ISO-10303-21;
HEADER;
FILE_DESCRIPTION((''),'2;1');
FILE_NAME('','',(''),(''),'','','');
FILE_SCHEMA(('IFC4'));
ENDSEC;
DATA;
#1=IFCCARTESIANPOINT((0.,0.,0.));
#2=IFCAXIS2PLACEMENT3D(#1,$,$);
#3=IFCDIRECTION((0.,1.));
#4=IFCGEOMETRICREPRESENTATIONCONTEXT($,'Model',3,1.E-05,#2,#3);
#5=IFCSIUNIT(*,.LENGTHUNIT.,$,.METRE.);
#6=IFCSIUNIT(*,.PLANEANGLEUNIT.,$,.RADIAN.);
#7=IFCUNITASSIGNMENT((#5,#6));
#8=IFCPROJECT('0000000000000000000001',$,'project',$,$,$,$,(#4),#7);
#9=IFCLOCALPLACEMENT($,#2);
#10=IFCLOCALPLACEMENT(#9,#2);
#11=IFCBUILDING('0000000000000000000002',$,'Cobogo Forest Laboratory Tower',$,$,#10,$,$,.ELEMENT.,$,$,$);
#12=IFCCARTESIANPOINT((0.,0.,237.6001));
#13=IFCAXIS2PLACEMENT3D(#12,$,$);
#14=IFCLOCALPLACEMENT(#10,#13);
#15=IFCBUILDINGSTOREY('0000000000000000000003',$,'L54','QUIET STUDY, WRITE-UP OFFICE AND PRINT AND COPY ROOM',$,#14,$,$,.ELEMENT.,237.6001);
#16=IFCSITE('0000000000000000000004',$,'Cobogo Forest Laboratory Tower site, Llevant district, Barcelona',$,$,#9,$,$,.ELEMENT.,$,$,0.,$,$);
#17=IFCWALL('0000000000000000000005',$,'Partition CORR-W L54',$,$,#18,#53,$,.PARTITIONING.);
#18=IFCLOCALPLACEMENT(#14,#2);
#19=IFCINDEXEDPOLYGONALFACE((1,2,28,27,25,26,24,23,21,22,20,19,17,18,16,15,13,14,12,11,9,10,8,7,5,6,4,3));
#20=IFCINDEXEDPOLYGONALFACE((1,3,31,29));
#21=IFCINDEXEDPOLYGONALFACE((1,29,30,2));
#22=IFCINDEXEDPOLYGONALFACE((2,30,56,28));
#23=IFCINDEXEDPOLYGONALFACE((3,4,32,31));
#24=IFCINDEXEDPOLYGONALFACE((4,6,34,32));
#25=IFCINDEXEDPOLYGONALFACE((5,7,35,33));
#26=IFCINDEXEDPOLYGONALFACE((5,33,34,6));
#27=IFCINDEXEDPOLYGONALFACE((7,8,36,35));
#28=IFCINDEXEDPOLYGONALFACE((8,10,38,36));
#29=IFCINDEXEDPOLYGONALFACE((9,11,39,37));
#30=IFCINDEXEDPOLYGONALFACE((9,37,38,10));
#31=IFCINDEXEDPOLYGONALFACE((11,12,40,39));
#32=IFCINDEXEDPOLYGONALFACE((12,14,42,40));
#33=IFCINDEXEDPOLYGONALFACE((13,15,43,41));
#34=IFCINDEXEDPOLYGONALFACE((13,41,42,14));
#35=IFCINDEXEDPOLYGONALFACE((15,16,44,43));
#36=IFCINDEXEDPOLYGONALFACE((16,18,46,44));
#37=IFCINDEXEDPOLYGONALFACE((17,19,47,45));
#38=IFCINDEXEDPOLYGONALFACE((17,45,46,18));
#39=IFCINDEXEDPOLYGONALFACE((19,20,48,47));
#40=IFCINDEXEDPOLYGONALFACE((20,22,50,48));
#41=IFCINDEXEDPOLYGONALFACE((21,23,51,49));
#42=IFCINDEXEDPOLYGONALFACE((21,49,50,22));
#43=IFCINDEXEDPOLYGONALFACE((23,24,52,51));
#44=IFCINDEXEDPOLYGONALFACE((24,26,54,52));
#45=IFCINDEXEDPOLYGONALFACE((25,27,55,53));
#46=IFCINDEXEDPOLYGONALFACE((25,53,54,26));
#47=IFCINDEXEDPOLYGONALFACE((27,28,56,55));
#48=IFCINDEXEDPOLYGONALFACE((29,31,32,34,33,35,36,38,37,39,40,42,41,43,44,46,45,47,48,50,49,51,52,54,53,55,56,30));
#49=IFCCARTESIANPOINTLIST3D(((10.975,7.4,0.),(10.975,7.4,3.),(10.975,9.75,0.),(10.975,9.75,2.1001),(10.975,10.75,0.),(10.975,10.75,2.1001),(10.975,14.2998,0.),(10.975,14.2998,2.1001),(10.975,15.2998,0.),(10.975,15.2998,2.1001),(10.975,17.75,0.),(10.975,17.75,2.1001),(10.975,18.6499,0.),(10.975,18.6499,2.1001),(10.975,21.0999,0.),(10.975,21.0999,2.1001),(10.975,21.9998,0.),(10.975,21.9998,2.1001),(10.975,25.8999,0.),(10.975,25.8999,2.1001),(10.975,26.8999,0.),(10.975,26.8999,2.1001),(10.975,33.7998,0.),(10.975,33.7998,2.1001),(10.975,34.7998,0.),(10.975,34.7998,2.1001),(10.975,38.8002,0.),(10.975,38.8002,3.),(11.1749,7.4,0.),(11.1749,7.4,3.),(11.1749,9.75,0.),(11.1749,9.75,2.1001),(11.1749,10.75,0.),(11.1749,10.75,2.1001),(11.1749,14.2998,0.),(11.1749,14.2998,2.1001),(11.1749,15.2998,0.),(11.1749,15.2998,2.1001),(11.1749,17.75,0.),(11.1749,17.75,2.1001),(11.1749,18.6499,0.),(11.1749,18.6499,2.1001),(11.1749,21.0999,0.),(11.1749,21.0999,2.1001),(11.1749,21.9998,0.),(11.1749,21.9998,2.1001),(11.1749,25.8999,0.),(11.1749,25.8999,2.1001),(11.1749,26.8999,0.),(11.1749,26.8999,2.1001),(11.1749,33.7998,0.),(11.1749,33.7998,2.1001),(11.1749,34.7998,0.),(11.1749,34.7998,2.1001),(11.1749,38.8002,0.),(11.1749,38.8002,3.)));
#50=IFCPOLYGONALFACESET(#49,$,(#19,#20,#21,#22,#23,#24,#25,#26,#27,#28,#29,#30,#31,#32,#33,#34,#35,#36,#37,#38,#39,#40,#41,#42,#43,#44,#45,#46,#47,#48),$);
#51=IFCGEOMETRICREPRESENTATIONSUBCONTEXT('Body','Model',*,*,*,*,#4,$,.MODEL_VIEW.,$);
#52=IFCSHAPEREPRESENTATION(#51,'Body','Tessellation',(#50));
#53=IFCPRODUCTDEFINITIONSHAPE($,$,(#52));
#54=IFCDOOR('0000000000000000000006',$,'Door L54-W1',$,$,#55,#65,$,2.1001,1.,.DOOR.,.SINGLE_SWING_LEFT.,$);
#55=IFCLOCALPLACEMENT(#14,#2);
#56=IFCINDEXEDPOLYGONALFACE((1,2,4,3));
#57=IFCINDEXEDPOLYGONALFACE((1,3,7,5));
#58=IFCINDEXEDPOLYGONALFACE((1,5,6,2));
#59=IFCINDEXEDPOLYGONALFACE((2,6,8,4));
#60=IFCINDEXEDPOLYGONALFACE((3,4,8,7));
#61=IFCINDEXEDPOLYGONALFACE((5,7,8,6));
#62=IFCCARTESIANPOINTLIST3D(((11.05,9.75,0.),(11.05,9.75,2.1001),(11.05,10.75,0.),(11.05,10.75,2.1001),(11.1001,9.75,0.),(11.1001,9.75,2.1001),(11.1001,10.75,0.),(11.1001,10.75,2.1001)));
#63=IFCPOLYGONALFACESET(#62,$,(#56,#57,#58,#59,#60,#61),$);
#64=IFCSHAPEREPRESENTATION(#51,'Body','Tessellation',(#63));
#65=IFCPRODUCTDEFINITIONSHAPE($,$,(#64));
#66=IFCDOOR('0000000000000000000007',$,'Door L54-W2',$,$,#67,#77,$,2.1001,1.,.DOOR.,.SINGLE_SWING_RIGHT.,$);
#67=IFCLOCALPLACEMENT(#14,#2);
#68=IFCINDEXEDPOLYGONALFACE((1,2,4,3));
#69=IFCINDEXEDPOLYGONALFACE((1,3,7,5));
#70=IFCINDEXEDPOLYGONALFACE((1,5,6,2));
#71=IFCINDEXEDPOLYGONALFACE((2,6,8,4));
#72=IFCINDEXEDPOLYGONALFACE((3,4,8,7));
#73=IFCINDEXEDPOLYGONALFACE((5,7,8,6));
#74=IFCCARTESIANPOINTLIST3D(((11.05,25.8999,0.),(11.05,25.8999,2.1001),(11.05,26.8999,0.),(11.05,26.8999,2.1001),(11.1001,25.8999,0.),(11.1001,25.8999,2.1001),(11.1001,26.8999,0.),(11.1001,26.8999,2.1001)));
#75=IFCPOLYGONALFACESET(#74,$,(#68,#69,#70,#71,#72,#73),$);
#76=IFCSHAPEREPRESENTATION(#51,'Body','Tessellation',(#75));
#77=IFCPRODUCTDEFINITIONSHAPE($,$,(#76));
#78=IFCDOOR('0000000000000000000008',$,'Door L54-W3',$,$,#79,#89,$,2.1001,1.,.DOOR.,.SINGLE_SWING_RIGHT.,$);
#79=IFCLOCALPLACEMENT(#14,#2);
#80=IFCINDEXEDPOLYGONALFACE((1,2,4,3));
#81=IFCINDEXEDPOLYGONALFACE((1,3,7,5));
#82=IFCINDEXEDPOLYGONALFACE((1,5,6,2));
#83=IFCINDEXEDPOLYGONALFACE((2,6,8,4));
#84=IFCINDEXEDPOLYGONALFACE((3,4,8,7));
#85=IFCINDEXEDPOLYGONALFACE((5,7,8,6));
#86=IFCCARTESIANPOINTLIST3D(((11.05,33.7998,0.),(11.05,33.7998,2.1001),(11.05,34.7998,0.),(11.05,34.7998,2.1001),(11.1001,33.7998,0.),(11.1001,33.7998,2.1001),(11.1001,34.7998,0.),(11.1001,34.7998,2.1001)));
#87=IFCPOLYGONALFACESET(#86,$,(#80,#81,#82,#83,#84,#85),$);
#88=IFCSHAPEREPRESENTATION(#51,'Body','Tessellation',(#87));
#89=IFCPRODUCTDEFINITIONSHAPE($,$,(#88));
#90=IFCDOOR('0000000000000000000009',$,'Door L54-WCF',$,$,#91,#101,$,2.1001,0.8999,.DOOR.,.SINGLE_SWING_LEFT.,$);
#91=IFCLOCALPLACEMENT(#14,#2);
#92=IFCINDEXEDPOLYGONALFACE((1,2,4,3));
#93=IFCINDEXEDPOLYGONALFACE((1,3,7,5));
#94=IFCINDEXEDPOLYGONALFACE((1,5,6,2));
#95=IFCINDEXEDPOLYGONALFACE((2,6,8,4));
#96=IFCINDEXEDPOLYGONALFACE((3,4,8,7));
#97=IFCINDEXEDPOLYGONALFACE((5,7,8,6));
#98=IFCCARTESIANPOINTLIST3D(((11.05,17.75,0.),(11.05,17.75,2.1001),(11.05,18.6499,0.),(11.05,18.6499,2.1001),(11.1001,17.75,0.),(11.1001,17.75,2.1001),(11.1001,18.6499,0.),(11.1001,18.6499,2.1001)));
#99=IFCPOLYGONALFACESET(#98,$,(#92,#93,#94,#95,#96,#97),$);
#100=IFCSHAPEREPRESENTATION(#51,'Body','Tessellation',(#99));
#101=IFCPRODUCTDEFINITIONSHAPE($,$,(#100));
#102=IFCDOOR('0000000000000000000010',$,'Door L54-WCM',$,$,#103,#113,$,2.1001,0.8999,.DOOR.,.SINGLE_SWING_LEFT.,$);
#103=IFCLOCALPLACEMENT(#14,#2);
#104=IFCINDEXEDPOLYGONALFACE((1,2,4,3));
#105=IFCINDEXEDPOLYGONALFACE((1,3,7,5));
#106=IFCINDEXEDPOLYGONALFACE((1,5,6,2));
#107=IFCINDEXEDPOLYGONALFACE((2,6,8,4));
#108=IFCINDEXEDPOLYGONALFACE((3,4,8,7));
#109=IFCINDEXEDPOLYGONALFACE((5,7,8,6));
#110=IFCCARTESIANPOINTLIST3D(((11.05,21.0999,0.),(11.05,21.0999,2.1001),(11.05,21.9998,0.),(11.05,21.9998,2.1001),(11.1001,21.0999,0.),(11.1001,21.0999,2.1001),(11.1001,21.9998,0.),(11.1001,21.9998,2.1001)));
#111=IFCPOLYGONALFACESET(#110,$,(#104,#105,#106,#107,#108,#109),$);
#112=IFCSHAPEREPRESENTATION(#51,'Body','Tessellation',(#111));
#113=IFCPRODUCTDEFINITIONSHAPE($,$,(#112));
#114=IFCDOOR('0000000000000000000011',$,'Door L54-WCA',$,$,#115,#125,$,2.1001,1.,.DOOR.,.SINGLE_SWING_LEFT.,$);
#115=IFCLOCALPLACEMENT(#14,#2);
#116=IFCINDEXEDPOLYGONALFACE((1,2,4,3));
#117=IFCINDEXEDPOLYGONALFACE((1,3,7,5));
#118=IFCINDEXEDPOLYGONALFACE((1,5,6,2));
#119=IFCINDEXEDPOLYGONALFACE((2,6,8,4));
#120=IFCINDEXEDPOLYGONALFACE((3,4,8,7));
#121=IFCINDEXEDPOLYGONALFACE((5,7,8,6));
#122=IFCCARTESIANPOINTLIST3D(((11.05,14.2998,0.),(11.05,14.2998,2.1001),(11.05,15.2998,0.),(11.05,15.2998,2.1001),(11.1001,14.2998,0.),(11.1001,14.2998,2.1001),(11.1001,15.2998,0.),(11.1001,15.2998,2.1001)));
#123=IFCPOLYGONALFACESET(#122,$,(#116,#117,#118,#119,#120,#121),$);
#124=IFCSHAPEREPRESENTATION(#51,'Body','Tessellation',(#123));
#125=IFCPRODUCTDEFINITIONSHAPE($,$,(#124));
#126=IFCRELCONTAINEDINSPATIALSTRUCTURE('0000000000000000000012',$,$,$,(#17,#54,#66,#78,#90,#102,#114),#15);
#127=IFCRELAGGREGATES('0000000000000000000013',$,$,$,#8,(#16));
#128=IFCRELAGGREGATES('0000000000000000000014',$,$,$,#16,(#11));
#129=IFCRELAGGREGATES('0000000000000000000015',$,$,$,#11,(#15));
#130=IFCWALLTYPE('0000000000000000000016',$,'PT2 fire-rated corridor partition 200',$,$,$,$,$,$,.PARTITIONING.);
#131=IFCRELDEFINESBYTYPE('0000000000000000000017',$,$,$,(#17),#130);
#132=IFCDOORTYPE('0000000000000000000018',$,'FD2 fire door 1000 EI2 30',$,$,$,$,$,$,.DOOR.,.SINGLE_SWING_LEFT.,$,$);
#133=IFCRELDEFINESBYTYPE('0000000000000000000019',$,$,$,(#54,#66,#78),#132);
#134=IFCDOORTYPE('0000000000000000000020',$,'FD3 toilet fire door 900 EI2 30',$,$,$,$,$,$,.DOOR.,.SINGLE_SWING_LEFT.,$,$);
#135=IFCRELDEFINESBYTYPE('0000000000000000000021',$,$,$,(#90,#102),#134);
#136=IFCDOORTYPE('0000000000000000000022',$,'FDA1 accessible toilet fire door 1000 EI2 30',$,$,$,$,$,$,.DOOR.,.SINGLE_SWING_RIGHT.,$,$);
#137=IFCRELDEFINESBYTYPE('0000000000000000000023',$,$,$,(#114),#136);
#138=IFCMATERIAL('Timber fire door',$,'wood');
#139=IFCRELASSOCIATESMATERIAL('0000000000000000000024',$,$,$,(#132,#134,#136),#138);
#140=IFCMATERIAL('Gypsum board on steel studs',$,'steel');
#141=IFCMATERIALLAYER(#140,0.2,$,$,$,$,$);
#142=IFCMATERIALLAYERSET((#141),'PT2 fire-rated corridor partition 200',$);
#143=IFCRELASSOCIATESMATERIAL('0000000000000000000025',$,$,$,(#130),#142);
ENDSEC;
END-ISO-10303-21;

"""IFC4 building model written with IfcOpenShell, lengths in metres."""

from ifc_helpers import new_model, si_unit, direction, frame, frame_2d, origin, place, context, subcontext, project, spatial, rectangle, extrude, material, layer, layer_set, type_object, element, fill, save


model = new_model("IFC4")

# Units and contexts
model_context = context("Model", 3, precision=1e-05, world=origin(), true_north=direction((0.0, 1.0)))
body_context = subcontext(model_context, "Body", "Model", "MODEL_VIEW")
ifc_project = project(units=[si_unit("LENGTHUNIT", "METRE"), si_unit("PLANEANGLEUNIT", "RADIAN")], contexts=[model_context])

# Site, building, storey
site_placement = place(None, origin())
site = spatial("IfcSite", under=ifc_project, at=site_placement, Name="Cobogo Forest Laboratory Tower site, Llevant district, Barcelona", CompositionType="ELEMENT", RefElevation=0.0)
building_placement = place(site_placement, origin())
building = spatial("IfcBuilding", under=site, at=building_placement, Name="Cobogo Forest Laboratory Tower", CompositionType="ELEMENT")
storey_placement = place(building_placement, frame((0.0, 0.0, 237.6001)))
storey = spatial("IfcBuildingStorey", under=building, at=storey_placement, Name="L54", Description="QUIET STUDY, WRITE-UP OFFICE AND PRINT AND COPY ROOM", CompositionType="ELEMENT", Elevation=237.6001)

# Shared definitions
ifc_material_1 = material(Name="Gypsum board on steel studs", Category="steel")
ifc_material_2 = material(Name="Timber fire door", Category="wood")
door_type_1 = type_object("IfcDoorType", Name="FD2 fire door 1000 EI2 30", OperationType="SINGLE_SWING_LEFT", PredefinedType="DOOR", material=ifc_material_2)

# Wall, openings, doors
ifc_layer_1 = layer(ifc_material_1, 0.2)
ifc_layer_set_1 = layer_set([ifc_layer_1], Name="PT2 fire-rated corridor partition 200")
wall_type_1 = type_object("IfcWallType", Name="PT2 fire-rated corridor partition 200", PredefinedType="PARTITIONING", material=ifc_layer_set_1)
wall_1_placement = place(storey_placement, frame((11.075, 7.3999, 0.0), z_axis=(0.0, 0.0, 1.0), x_axis=(0.0, 1.0, 0.0)))
wall_1 = element("IfcWall", 1, at=wall_1_placement, inside=storey, type_object=wall_type_1, Name="Partition CORR-W L54", PredefinedType="PARTITIONING", context=body_context, shape_type="SweptSolid", body=[
    extrude(rectangle(XDim=31.4001, YDim=0.2, at=frame_2d((15.7002, 0.0))), origin(), (0.0, 0.0, 1.0), 3.0),
])
opening_1_placement = place(wall_1_placement, frame((2.3501, 0.0, 0.0)))
opening_1 = element("IfcOpeningElement", 2, at=opening_1_placement, cuts=wall_1, PredefinedType="OPENING", context=body_context, shape_type="SweptSolid", body=[
    extrude(rectangle(XDim=1.0, YDim=2.1001, at=frame_2d((0.5, 1.05))), frame((0.0, 0.1099, 0.0), z_axis=(0.0, -1.0, 0.0), x_axis=(1.0, 0.0, 0.0)), (0.0, 0.0, 1.0), 0.22),
])
opening_2_placement = place(wall_1_placement, frame((6.8999, 0.0, 0.0)))
opening_2 = element("IfcOpeningElement", 3, at=opening_2_placement, cuts=wall_1, PredefinedType="OPENING", context=body_context, shape_type="SweptSolid", body=[
    extrude(rectangle(XDim=1.0, YDim=2.1001, at=frame_2d((0.5, 1.05))), frame((0.0, 0.1099, 0.0), z_axis=(0.0, -1.0, 0.0), x_axis=(1.0, 0.0, 0.0)), (0.0, 0.0, 1.0), 0.22),
])
opening_3_placement = place(wall_1_placement, frame((10.3501, 0.0, 0.0)))
opening_3 = element("IfcOpeningElement", 4, at=opening_3_placement, cuts=wall_1, PredefinedType="OPENING", context=body_context, shape_type="SweptSolid", body=[
    extrude(rectangle(XDim=0.8999, YDim=2.1001, at=frame_2d((0.45, 1.05))), frame((0.0, 0.1099, 0.0), z_axis=(0.0, -1.0, 0.0), x_axis=(1.0, 0.0, 0.0)), (0.0, 0.0, 1.0), 0.22),
])
opening_4_placement = place(wall_1_placement, frame((13.7, 0.0, 0.0)))
opening_4 = element("IfcOpeningElement", 5, at=opening_4_placement, cuts=wall_1, PredefinedType="OPENING", context=body_context, shape_type="SweptSolid", body=[
    extrude(rectangle(XDim=0.8999, YDim=2.1001, at=frame_2d((0.45, 1.05))), frame((0.0, 0.1099, 0.0), z_axis=(0.0, -1.0, 0.0), x_axis=(1.0, 0.0, 0.0)), (0.0, 0.0, 1.0), 0.22),
])
opening_5_placement = place(wall_1_placement, frame((18.5, 0.0, 0.0)))
opening_5 = element("IfcOpeningElement", 6, at=opening_5_placement, cuts=wall_1, PredefinedType="OPENING", context=body_context, shape_type="SweptSolid", body=[
    extrude(rectangle(XDim=1.0, YDim=2.1001, at=frame_2d((0.5, 1.05))), frame((0.0, 0.1099, 0.0), z_axis=(0.0, -1.0, 0.0), x_axis=(1.0, 0.0, 0.0)), (0.0, 0.0, 1.0), 0.22),
])
opening_6_placement = place(wall_1_placement, frame((26.3999, 0.0, 0.0)))
opening_6 = element("IfcOpeningElement", 7, at=opening_6_placement, cuts=wall_1, PredefinedType="OPENING", context=body_context, shape_type="SweptSolid", body=[
    extrude(rectangle(XDim=1.0, YDim=2.1001, at=frame_2d((0.5, 1.05))), frame((0.0, 0.1099, 0.0), z_axis=(0.0, -1.0, 0.0), x_axis=(1.0, 0.0, 0.0)), (0.0, 0.0, 1.0), 0.22),
])
door_1_placement = place(opening_1_placement, origin())
door_1 = element("IfcDoor", 8, at=door_1_placement, inside=storey, type_object=door_type_1, Name="Door L54-W1", OperationType="SINGLE_SWING_LEFT", OverallHeight=2.1001, OverallWidth=1.0, PredefinedType="DOOR", context=body_context, shape_type="SweptSolid", body=[
    extrude(rectangle(XDim=1.0, YDim=2.1001, at=frame_2d((0.5, 1.05))), frame((0.0, 0.0249, 0.0), z_axis=(0.0, -1.0, 0.0), x_axis=(1.0, 0.0, 0.0)), (0.0, 0.0, 1.0), 0.05),
])
fill(opening_1, door_1)
door_2_placement = place(opening_5_placement, origin())
door_2 = element("IfcDoor", 9, at=door_2_placement, inside=storey, type_object=door_type_1, Name="Door L54-W2", OperationType="SINGLE_SWING_RIGHT", OverallHeight=2.1001, OverallWidth=1.0, PredefinedType="DOOR", context=body_context, shape_type="SweptSolid", body=[
    extrude(rectangle(XDim=1.0, YDim=2.1001, at=frame_2d((0.5, 1.05))), frame((0.0, 0.0249, 0.0), z_axis=(0.0, -1.0, 0.0), x_axis=(1.0, 0.0, 0.0)), (0.0, 0.0, 1.0), 0.05),
])
fill(opening_5, door_2)
door_3_placement = place(opening_6_placement, origin())
door_3 = element("IfcDoor", 10, at=door_3_placement, inside=storey, type_object=door_type_1, Name="Door L54-W3", OperationType="SINGLE_SWING_RIGHT", OverallHeight=2.1001, OverallWidth=1.0, PredefinedType="DOOR", context=body_context, shape_type="SweptSolid", body=[
    extrude(rectangle(XDim=1.0, YDim=2.1001, at=frame_2d((0.5, 1.05))), frame((0.0, 0.0249, 0.0), z_axis=(0.0, -1.0, 0.0), x_axis=(1.0, 0.0, 0.0)), (0.0, 0.0, 1.0), 0.05),
])
fill(opening_6, door_3)
door_type_2 = type_object("IfcDoorType", Name="FD3 toilet fire door 900 EI2 30", OperationType="SINGLE_SWING_LEFT", PredefinedType="DOOR", material=ifc_material_2)
door_4_placement = place(opening_3_placement, origin())
door_4 = element("IfcDoor", 11, at=door_4_placement, inside=storey, type_object=door_type_2, Name="Door L54-WCF", OperationType="SINGLE_SWING_LEFT", OverallHeight=2.1001, OverallWidth=0.8999, PredefinedType="DOOR", context=body_context, shape_type="SweptSolid", body=[
    extrude(rectangle(XDim=0.8999, YDim=2.1001, at=frame_2d((0.45, 1.05))), frame((0.0, 0.0249, 0.0), z_axis=(0.0, -1.0, 0.0), x_axis=(1.0, 0.0, 0.0)), (0.0, 0.0, 1.0), 0.05),
])
fill(opening_3, door_4)
door_5_placement = place(opening_4_placement, origin())
door_5 = element("IfcDoor", 12, at=door_5_placement, inside=storey, type_object=door_type_2, Name="Door L54-WCM", OperationType="SINGLE_SWING_LEFT", OverallHeight=2.1001, OverallWidth=0.8999, PredefinedType="DOOR", context=body_context, shape_type="SweptSolid", body=[
    extrude(rectangle(XDim=0.8999, YDim=2.1001, at=frame_2d((0.45, 1.05))), frame((0.0, 0.0249, 0.0), z_axis=(0.0, -1.0, 0.0), x_axis=(1.0, 0.0, 0.0)), (0.0, 0.0, 1.0), 0.05),
])
fill(opening_4, door_5)
door_type_3 = type_object("IfcDoorType", Name="FDA1 accessible toilet fire door 1000 EI2 30", OperationType="SINGLE_SWING_RIGHT", PredefinedType="DOOR", material=ifc_material_2)
door_6_placement = place(opening_2_placement, origin())
door_6 = element("IfcDoor", 13, at=door_6_placement, inside=storey, type_object=door_type_3, Name="Door L54-WCA", OperationType="SINGLE_SWING_LEFT", OverallHeight=2.1001, OverallWidth=1.0, PredefinedType="DOOR", context=body_context, shape_type="SweptSolid", body=[
    extrude(rectangle(XDim=1.0, YDim=2.1001, at=frame_2d((0.5, 1.05))), frame((0.0, 0.0249, 0.0), z_axis=(0.0, -1.0, 0.0), x_axis=(1.0, 0.0, 0.0)), (0.0, 0.0, 1.0), 0.05),
])
fill(opening_2, door_6)

save(model, "model.ifc")
